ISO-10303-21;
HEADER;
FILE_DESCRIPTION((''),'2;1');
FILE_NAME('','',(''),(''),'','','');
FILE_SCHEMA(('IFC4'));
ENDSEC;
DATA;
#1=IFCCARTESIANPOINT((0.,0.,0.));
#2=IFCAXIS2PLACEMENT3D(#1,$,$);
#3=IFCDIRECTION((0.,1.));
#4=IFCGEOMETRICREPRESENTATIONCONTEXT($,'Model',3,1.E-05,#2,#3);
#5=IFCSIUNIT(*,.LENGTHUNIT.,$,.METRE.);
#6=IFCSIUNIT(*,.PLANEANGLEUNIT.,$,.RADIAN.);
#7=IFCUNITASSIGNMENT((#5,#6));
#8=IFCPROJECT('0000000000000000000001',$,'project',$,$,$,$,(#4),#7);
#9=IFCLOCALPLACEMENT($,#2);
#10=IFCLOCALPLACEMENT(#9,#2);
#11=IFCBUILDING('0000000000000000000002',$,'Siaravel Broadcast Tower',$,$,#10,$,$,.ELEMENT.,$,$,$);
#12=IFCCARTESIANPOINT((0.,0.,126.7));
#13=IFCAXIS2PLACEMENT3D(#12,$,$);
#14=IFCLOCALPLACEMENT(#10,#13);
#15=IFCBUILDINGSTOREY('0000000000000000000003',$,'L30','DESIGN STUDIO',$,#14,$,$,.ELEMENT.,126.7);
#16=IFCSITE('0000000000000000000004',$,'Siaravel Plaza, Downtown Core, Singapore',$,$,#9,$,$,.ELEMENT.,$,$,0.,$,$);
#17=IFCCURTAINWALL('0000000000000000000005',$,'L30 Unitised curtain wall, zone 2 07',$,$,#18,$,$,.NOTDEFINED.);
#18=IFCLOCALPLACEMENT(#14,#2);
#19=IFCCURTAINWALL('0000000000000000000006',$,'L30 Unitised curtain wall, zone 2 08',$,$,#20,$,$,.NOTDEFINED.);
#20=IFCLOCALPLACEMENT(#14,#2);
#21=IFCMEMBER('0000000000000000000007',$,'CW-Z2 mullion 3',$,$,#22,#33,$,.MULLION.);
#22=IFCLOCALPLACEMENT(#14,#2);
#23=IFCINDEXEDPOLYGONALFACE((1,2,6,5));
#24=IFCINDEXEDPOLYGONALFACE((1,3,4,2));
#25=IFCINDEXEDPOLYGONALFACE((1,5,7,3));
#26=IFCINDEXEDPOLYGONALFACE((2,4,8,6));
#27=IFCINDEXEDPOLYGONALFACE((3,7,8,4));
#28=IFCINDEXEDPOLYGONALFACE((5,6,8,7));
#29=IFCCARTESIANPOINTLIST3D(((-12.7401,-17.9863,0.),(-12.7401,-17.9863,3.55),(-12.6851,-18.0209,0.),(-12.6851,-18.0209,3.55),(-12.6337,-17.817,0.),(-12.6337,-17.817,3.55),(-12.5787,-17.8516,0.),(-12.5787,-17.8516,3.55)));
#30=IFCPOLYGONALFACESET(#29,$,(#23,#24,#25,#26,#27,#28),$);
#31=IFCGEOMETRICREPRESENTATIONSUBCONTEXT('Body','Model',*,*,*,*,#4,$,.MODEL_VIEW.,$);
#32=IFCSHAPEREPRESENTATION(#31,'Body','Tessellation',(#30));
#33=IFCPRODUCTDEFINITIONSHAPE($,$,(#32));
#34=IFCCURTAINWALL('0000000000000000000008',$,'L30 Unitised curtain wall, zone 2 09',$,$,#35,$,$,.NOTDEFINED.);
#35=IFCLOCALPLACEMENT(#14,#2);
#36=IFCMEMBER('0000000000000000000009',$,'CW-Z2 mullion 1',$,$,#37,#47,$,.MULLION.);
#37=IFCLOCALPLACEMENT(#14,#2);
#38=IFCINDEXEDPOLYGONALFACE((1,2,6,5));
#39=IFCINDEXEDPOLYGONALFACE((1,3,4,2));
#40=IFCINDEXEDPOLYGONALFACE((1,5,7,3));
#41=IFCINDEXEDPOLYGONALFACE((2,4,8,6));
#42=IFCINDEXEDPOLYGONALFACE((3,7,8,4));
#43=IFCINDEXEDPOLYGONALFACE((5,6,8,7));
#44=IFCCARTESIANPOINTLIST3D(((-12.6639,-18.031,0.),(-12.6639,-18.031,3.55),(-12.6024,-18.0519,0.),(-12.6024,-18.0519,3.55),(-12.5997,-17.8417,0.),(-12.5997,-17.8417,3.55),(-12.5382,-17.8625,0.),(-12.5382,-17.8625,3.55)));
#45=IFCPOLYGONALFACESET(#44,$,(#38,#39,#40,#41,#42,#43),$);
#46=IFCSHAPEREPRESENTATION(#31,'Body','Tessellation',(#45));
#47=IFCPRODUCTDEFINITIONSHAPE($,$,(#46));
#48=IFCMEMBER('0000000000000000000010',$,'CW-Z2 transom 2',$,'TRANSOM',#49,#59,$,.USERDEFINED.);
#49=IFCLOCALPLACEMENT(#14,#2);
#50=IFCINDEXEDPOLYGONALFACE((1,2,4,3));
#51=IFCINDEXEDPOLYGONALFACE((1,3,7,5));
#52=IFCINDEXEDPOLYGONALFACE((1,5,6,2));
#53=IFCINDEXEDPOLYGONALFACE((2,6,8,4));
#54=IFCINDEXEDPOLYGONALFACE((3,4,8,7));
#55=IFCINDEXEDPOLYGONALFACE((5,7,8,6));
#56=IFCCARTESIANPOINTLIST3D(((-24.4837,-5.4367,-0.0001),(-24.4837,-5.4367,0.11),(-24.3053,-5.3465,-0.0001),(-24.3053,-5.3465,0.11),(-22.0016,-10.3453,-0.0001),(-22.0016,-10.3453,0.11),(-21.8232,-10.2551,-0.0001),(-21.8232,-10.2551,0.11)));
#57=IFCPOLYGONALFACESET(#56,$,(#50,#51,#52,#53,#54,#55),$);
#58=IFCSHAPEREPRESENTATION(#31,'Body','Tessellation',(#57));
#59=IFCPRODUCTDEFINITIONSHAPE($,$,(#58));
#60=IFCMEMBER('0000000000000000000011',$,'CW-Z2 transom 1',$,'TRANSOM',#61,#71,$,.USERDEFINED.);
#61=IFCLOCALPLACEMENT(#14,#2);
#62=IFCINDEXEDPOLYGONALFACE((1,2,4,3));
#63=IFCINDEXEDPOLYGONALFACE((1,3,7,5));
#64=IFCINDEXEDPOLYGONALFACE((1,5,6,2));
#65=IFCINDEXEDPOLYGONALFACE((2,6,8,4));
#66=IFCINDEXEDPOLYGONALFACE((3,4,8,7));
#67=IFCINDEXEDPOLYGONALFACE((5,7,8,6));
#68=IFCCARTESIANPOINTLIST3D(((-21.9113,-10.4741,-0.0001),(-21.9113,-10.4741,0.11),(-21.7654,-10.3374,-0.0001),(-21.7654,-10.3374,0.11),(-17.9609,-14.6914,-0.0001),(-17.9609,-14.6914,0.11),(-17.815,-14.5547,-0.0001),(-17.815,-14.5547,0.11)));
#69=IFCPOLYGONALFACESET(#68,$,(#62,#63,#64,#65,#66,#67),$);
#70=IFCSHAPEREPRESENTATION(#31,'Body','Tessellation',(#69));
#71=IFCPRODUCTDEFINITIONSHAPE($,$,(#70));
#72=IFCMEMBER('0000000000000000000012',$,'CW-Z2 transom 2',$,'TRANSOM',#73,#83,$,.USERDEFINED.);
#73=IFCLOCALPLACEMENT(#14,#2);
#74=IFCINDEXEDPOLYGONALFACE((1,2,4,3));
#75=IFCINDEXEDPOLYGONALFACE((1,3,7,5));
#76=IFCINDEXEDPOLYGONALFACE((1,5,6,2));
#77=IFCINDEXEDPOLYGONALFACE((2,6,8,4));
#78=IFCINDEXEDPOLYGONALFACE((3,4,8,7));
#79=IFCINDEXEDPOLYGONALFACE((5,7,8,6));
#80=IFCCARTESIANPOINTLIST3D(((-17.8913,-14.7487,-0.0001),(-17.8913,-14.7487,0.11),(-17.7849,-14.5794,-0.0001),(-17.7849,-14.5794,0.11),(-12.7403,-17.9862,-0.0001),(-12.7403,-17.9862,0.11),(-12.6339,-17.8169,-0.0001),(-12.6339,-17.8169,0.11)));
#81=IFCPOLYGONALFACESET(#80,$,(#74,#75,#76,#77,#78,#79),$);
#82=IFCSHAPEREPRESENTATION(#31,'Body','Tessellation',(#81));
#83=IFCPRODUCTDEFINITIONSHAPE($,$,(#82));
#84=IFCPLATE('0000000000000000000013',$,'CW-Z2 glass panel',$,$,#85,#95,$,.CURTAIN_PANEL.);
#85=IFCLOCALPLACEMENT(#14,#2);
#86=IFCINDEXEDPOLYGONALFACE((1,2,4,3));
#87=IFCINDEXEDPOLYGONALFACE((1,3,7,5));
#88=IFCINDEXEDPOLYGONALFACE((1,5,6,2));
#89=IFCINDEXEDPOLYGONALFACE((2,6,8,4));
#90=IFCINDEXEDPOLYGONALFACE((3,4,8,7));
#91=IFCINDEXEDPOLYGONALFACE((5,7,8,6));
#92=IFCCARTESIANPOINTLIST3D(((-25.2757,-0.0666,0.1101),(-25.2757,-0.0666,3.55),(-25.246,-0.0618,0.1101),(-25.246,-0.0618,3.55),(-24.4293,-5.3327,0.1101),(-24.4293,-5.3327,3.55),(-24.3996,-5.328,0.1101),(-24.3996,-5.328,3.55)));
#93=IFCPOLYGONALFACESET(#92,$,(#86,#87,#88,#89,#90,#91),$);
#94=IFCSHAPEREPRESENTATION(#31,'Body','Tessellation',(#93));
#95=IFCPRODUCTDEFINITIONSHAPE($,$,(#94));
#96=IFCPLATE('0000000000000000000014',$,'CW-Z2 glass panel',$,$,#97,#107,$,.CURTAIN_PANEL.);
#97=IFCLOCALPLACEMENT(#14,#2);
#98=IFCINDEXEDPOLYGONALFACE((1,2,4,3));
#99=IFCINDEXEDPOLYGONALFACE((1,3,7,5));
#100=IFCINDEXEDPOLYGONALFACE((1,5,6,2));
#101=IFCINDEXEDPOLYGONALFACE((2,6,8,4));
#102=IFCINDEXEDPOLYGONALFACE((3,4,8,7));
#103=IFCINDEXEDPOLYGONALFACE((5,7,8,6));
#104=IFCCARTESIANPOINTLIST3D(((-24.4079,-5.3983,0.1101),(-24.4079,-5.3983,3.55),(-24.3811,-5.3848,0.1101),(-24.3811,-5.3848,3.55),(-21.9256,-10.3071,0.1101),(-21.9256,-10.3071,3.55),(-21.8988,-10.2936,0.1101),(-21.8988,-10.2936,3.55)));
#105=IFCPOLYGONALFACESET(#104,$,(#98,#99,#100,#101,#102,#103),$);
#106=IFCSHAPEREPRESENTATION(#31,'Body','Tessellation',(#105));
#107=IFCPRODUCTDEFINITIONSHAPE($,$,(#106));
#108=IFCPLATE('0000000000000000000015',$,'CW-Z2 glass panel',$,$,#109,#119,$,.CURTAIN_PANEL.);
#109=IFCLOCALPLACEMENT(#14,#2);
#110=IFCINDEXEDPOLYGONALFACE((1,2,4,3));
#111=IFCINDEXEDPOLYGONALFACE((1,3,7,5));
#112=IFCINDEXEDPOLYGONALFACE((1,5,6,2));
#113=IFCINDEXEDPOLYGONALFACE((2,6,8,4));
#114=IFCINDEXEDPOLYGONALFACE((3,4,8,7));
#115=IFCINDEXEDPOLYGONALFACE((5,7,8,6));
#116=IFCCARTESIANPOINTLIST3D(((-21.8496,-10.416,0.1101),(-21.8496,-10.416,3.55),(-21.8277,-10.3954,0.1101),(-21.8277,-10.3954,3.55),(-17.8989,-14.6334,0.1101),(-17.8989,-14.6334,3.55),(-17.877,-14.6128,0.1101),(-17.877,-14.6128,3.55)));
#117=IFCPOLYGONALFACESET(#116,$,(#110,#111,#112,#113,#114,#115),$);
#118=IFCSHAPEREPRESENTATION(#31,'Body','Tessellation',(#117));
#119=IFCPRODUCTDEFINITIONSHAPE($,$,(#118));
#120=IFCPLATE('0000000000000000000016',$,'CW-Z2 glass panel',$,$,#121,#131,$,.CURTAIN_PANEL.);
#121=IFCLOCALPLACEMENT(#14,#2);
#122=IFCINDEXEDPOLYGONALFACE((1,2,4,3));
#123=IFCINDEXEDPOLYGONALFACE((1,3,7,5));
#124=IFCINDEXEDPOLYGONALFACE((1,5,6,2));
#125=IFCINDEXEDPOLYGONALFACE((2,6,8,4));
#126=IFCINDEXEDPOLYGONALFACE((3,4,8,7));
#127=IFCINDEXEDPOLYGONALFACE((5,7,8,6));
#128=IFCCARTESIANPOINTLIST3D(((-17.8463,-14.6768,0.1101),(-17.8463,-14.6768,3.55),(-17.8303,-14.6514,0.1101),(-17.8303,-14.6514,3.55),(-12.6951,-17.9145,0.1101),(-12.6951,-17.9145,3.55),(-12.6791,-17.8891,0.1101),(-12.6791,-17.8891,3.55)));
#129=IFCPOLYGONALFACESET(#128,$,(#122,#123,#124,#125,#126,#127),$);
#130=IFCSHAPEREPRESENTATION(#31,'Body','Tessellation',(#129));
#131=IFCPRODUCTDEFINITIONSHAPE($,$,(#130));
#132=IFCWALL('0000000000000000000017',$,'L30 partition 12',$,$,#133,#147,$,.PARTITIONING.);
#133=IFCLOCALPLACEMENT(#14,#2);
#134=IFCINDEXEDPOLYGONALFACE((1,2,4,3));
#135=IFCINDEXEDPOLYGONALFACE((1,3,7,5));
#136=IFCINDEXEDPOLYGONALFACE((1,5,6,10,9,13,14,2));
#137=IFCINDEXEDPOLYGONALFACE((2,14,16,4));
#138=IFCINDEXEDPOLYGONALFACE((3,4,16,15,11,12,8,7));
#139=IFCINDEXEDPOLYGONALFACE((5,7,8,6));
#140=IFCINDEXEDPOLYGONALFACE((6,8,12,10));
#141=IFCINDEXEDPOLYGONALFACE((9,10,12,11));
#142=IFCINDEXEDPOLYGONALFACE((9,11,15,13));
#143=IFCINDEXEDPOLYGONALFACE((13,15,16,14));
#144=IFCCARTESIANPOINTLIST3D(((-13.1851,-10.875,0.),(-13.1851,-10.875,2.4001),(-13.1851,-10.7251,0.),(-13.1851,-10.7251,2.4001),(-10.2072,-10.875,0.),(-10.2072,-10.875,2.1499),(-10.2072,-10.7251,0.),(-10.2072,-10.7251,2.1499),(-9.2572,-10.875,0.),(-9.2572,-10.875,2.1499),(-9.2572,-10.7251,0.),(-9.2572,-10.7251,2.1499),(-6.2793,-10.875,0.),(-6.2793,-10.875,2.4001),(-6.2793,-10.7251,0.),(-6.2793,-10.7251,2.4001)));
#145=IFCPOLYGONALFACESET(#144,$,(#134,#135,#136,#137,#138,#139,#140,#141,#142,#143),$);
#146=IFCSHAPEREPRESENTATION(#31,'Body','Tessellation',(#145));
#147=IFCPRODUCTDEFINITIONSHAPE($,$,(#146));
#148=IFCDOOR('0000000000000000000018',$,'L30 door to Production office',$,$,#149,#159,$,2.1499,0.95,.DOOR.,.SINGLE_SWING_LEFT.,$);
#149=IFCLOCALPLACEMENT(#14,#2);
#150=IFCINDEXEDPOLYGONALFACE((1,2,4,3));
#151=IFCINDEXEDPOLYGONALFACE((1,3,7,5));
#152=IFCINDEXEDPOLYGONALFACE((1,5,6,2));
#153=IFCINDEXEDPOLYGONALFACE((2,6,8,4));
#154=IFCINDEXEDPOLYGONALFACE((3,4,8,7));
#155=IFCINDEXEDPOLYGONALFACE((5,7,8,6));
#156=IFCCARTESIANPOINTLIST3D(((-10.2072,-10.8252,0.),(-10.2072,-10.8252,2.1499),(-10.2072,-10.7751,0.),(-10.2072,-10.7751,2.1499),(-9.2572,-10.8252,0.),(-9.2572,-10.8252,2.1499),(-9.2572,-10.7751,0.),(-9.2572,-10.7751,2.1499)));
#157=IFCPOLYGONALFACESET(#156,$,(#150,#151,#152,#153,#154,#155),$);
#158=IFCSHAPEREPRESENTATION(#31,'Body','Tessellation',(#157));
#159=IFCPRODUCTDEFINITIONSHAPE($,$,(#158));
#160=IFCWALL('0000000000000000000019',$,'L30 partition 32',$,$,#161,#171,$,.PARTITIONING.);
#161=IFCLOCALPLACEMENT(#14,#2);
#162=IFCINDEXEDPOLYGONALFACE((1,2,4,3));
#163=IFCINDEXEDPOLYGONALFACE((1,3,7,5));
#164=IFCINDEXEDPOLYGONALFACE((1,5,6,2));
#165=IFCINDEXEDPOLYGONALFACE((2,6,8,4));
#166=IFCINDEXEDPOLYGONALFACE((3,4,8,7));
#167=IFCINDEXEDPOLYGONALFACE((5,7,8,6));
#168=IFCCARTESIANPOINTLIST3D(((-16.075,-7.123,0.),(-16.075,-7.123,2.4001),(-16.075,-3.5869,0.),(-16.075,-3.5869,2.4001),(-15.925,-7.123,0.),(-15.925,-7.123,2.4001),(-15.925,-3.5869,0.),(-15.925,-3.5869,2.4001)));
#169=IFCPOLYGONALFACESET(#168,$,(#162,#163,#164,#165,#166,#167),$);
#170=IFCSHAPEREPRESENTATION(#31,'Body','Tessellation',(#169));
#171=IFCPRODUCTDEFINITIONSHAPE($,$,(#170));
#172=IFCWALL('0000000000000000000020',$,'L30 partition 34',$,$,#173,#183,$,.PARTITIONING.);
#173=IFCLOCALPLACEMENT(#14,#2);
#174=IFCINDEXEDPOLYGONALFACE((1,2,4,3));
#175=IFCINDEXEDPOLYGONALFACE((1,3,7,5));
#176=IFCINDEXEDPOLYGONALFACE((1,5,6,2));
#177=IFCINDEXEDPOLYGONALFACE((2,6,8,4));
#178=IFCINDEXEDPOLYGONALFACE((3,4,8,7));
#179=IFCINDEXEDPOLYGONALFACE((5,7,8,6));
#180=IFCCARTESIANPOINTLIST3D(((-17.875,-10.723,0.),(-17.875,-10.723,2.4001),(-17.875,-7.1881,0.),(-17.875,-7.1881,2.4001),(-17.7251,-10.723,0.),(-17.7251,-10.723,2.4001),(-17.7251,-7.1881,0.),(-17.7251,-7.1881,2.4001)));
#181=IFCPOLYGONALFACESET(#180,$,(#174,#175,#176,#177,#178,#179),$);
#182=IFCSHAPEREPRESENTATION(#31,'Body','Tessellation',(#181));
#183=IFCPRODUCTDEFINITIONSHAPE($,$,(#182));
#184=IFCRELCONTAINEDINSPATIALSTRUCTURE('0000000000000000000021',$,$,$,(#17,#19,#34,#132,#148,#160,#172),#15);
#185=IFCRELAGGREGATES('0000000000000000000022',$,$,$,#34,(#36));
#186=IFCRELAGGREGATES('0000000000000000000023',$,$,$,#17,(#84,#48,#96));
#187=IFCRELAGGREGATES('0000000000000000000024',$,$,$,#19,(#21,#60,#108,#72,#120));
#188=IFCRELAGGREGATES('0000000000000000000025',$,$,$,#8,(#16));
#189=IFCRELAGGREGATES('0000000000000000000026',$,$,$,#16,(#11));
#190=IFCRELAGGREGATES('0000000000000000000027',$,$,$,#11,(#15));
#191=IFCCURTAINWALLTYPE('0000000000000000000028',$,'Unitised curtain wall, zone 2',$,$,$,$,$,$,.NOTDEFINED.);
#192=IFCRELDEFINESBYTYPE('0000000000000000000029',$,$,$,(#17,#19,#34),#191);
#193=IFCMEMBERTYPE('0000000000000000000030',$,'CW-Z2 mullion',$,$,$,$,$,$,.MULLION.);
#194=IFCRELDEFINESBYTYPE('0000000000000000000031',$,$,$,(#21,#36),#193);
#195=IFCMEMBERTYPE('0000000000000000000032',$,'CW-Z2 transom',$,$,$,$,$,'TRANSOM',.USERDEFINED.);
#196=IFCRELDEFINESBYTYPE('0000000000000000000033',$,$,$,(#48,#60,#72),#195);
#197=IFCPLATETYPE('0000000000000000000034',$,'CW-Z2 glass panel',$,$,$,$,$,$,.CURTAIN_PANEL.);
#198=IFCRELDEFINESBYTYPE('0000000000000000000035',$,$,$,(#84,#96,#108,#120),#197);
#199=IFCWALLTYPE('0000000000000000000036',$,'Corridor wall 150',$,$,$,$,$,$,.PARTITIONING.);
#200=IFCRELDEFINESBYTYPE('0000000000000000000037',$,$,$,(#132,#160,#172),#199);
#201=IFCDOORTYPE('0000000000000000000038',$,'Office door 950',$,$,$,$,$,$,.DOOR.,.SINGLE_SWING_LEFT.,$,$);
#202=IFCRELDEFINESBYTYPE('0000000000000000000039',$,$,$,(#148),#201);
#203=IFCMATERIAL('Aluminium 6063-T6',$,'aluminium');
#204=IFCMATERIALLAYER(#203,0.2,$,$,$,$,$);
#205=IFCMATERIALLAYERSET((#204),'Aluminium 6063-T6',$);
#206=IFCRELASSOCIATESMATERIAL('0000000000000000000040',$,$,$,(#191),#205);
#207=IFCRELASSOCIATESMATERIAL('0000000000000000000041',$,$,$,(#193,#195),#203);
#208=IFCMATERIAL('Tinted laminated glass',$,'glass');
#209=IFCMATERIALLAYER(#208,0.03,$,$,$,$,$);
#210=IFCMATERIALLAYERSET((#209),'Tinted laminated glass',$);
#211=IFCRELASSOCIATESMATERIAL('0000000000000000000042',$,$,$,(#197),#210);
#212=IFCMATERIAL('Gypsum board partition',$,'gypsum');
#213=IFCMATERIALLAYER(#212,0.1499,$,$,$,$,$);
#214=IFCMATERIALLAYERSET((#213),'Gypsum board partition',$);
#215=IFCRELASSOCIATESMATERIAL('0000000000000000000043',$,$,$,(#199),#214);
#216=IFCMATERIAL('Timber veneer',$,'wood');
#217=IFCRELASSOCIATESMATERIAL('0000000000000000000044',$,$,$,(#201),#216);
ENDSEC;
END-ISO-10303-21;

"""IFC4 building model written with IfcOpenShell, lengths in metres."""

from ifc_helpers import new_model, si_unit, direction, frame, frame_2d, origin, origin_2d, place, context, subcontext, project, spatial, rectangle, extrude, material, layer, layer_set, material_profile, profile_set, type_object, element, fill, aggregate, save


model = new_model("IFC4")

# Units and contexts
model_context = context("Model", 3, precision=1e-05, world=origin(), true_north=direction((0.0, 1.0)))
body_context = subcontext(model_context, "Body", "Model", "MODEL_VIEW")
ifc_project = project(units=[si_unit("LENGTHUNIT", "METRE"), si_unit("PLANEANGLEUNIT", "RADIAN")], contexts=[model_context])

# Site, building, storey
site_placement = place(None, origin())
site = spatial("IfcSite", under=ifc_project, at=site_placement, Name="Siaravel Plaza, Downtown Core, Singapore", CompositionType="ELEMENT", RefElevation=0.0)
building_placement = place(site_placement, origin())
building = spatial("IfcBuilding", under=site, at=building_placement, Name="Siaravel Broadcast Tower", CompositionType="ELEMENT")
storey_placement = place(building_placement, frame((0.0, 0.0, 126.7)))
storey = spatial("IfcBuildingStorey", under=building, at=storey_placement, Name="L30", Description="DESIGN STUDIO", CompositionType="ELEMENT", Elevation=126.7)

# Curtain walls, member
ifc_material_1 = material(Name="Aluminium 6063-T6", Category="aluminium")
ifc_layer_1 = layer(ifc_material_1, 0.2)
ifc_layer_set_1 = layer_set([ifc_layer_1], Name="Aluminium 6063-T6")
curtain_wall_type = type_object("IfcCurtainWallType", Name="Unitised curtain wall, zone 2", PredefinedType="NOTDEFINED", material=ifc_layer_set_1)
curtain_wall_1_placement = place(storey_placement, origin())
curtain_wall_1 = element("IfcCurtainWall", 1, at=curtain_wall_1_placement, inside=storey, type_object=curtain_wall_type, Name="L30 Unitised curtain wall, zone 2 07", PredefinedType="NOTDEFINED")
ifc_material_profile_1 = material_profile(ifc_material_1, rectangle(XDim=0.2, YDim=0.0649, at=origin_2d()))
ifc_profile_set_1 = profile_set([ifc_material_profile_1], Name="Aluminium 6063-T6")
member_type_1 = type_object("IfcMemberType", Name="CW-Z2 mullion", PredefinedType="MULLION", material=ifc_profile_set_1)
curtain_wall_2_placement = place(storey_placement, origin())
curtain_wall_2 = element("IfcCurtainWall", 2, at=curtain_wall_2_placement, inside=storey, type_object=curtain_wall_type, Name="L30 Unitised curtain wall, zone 2 08", PredefinedType="NOTDEFINED")
member_1_placement = place(storey_placement, frame((-12.6594, -17.9189, 0.0), z_axis=(0.0, 0.0, 1.0), x_axis=(0.532149, 0.846651, 0.0)))
member_1 = element("IfcMember", 3, at=member_1_placement, type_object=member_type_1, Name="CW-Z2 mullion 3", PredefinedType="MULLION", context=body_context, shape_type="SweptSolid", body=[
    extrude(rectangle(XDim=0.2, YDim=0.0649, at=origin_2d()), origin(), (0.0, 0.0, 1.0), 3.55),
])

# Curtain wall, member
curtain_wall_3_placement = place(storey_placement, origin())
curtain_wall_3 = element("IfcCurtainWall", 4, at=curtain_wall_3_placement, inside=storey, type_object=curtain_wall_type, Name="L30 Unitised curtain wall, zone 2 09", PredefinedType="NOTDEFINED")
member_2_placement = place(storey_placement, frame((-12.6011, -17.9468, 0.0), z_axis=(0.0, 0.0, 1.0), x_axis=(0.321301, 0.946977, 0.0)))
member_2 = element("IfcMember", 5, at=member_2_placement, type_object=member_type_1, Name="CW-Z2 mullion 1", PredefinedType="MULLION", context=body_context, shape_type="SweptSolid", body=[
    extrude(rectangle(XDim=0.2, YDim=0.0649, at=origin_2d()), origin(), (0.0, 0.0, 1.0), 3.55),
])
aggregate(curtain_wall_3, [member_2])

# Members
ifc_material_profile_2 = material_profile(ifc_material_1, rectangle(XDim=0.2, YDim=0.1101, at=origin_2d()))
ifc_profile_set_2 = profile_set([ifc_material_profile_2], Name="Aluminium 6063-T6")
member_type_2 = type_object("IfcMemberType", Name="CW-Z2 transom", ElementType="TRANSOM", PredefinedType="USERDEFINED", material=ifc_profile_set_2)
member_3_placement = place(storey_placement, frame((-24.3945, -5.3916, 0.0549), z_axis=(0.451257, -0.892394, 0.0), x_axis=(0.892394, 0.451257, 0.0)))
member_3 = element("IfcMember", 6, at=member_3_placement, type_object=member_type_2, Name="CW-Z2 transom 2", ObjectType="TRANSOM", PredefinedType="USERDEFINED", context=body_context, shape_type="SweptSolid", body=[
    extrude(rectangle(XDim=0.2, YDim=0.1101, at=origin_2d()), origin(), (0.0, 0.0, 1.0), 5.5005),
])
member_4_placement = place(storey_placement, frame((-21.8384, -10.4058, 0.0549), z_axis=(0.68364, -0.729819, 0.0), x_axis=(0.729819, 0.68364, 0.0)))
member_4 = element("IfcMember", 7, at=member_4_placement, type_object=member_type_2, Name="CW-Z2 transom 1", ObjectType="TRANSOM", PredefinedType="USERDEFINED", context=body_context, shape_type="SweptSolid", body=[
    extrude(rectangle(XDim=0.2, YDim=0.1101, at=origin_2d()), origin(), (0.0, 0.0, 1.0), 5.7786),
])
member_5_placement = place(storey_placement, frame((-17.8381, -14.6641, 0.0549), z_axis=(0.846659, -0.532136, 0.0), x_axis=(0.532136, 0.846659, 0.0)))
member_5 = element("IfcMember", 8, at=member_5_placement, type_object=member_type_2, Name="CW-Z2 transom 2", ObjectType="TRANSOM", PredefinedType="USERDEFINED", context=body_context, shape_type="SweptSolid", body=[
    extrude(rectangle(XDim=0.2, YDim=0.1101, at=origin_2d()), origin(), (0.0, 0.0, 1.0), 6.084),
])

# Plates
ifc_material_2 = material(Name="Tinted laminated glass", Category="glass")
ifc_layer_2 = layer(ifc_material_2, 0.03)
ifc_layer_set_2 = layer_set([ifc_layer_2], Name="Tinted laminated glass")
plate_type = type_object("IfcPlateType", Name="CW-Z2 glass panel", PredefinedType="CURTAIN_PANEL", material=ifc_layer_set_2)
plate_1_placement = place(storey_placement, frame((-24.8376, -2.6973, 0.1101), z_axis=(0.0, 0.0, 1.0), x_axis=(0.158686, -0.987329, 0.0)))
plate_1 = element("IfcPlate", 9, at=plate_1_placement, type_object=plate_type, Name="CW-Z2 glass panel", PredefinedType="CURTAIN_PANEL", context=body_context, shape_type="SweptSolid", body=[
    extrude(rectangle(XDim=5.3337, YDim=0.03, at=origin_2d()), origin(), (0.0, 0.0, 1.0), 3.4399),
])
plate_2_placement = place(storey_placement, frame((-23.1533, -7.8459, 0.1101), z_axis=(0.0, 0.0, 1.0), x_axis=(0.451261, -0.892392, 0.0)))
plate_2 = element("IfcPlate", 10, at=plate_2_placement, type_object=plate_type, Name="CW-Z2 glass panel", PredefinedType="CURTAIN_PANEL", context=body_context, shape_type="SweptSolid", body=[
    extrude(rectangle(XDim=5.5007, YDim=0.03, at=origin_2d()), origin(), (0.0, 0.0, 1.0), 3.4399),
])
aggregate(curtain_wall_1, [plate_1, member_3, plate_2])
plate_3_placement = place(storey_placement, frame((-19.8633, -12.5144, 0.1101), z_axis=(0.0, 0.0, 1.0), x_axis=(0.683655, -0.729805, 0.0)))
plate_3 = element("IfcPlate", 11, at=plate_3_placement, type_object=plate_type, Name="CW-Z2 glass panel", PredefinedType="CURTAIN_PANEL", context=body_context, shape_type="SweptSolid", body=[
    extrude(rectangle(XDim=5.7788, YDim=0.03, at=origin_2d()), origin(), (0.0, 0.0, 1.0), 3.4399),
])
plate_4_placement = place(storey_placement, frame((-15.2627, -16.283, 0.1101), z_axis=(0.0, 0.0, 1.0), x_axis=(0.846651, -0.532149, 0.0)))
plate_4 = element("IfcPlate", 12, at=plate_4_placement, type_object=plate_type, Name="CW-Z2 glass panel", PredefinedType="CURTAIN_PANEL", context=body_context, shape_type="SweptSolid", body=[
    extrude(rectangle(XDim=6.0842, YDim=0.03, at=origin_2d()), origin(), (0.0, 0.0, 1.0), 3.4399),
])
aggregate(curtain_wall_2, [member_1, member_4, plate_3, member_5, plate_4])

# Wall, opening, door
ifc_material_3 = material(Name="Gypsum board partition", Category="gypsum")
ifc_layer_3 = layer(ifc_material_3, 0.1499)
ifc_layer_set_3 = layer_set([ifc_layer_3], Name="Gypsum board partition")
wall_type_1 = type_object("IfcWallType", Name="Corridor wall 150", PredefinedType="PARTITIONING", material=ifc_layer_set_3)
wall_1_placement = place(storey_placement, frame((-13.1851, -10.8, 0.0), z_axis=(0.0, 0.0, 1.0), x_axis=(1.0, 0.0, 0.0)))
wall_1 = element("IfcWall", 13, at=wall_1_placement, inside=storey, type_object=wall_type_1, Name="L30 partition 12", PredefinedType="PARTITIONING", context=body_context, shape_type="SweptSolid", body=[
    extrude(rectangle(XDim=6.9058, YDim=0.1499, at=frame_2d((3.4529, 0.0))), origin(), (0.0, 0.0, 1.0), 2.4001),
])
opening_1_placement = place(wall_1_placement, frame((2.9778, 0.0, 0.0)))
opening_1 = element("IfcOpeningElement", 14, at=opening_1_placement, cuts=wall_1, PredefinedType="OPENING", context=body_context, shape_type="SweptSolid", body=[
    extrude(rectangle(XDim=0.95, YDim=2.1499, at=frame_2d((0.4751, 1.075))), frame((0.0, 0.085, 0.0), z_axis=(0.0, -1.0, 0.0), x_axis=(1.0, 0.0, 0.0)), (0.0, 0.0, 1.0), 0.1699),
])
ifc_material_4 = material(Name="Timber veneer", Category="wood")
door_type = type_object("IfcDoorType", Name="Office door 950", OperationType="SINGLE_SWING_LEFT", PredefinedType="DOOR", material=ifc_material_4)
door_1_placement = place(opening_1_placement, origin())
door_1 = element("IfcDoor", 15, at=door_1_placement, inside=storey, type_object=door_type, Name="L30 door to Production office", OperationType="SINGLE_SWING_LEFT", OverallHeight=2.1499, OverallWidth=0.95, PredefinedType="DOOR", context=body_context, shape_type="SweptSolid", body=[
    extrude(rectangle(XDim=0.95, YDim=2.1499, at=frame_2d((0.4751, 1.075))), frame((0.0, 0.0249, 0.0), z_axis=(0.0, -1.0, 0.0), x_axis=(1.0, 0.0, 0.0)), (0.0, 0.0, 1.0), 0.05),
])
fill(opening_1, door_1)

# Walls
wall_2_placement = place(storey_placement, frame((-16.0, -7.123, 0.0), z_axis=(0.0, 0.0, 1.0), x_axis=(0.0, 1.0, 0.0)))
element("IfcWall", 16, at=wall_2_placement, inside=storey, type_object=wall_type_1, Name="L30 partition 32", PredefinedType="PARTITIONING", context=body_context, shape_type="SweptSolid", body=[
    extrude(rectangle(XDim=3.5361, YDim=0.1499, at=frame_2d((1.7681, 0.0))), origin(), (0.0, 0.0, 1.0), 2.4001),
])
wall_3_placement = place(storey_placement, frame((-17.8, -7.188, 0.0), z_axis=(0.0, 0.0, 1.0), x_axis=(0.0, -1.0, 0.0)))
element("IfcWall", 17, at=wall_3_placement, inside=storey, type_object=wall_type_1, Name="L30 partition 34", PredefinedType="PARTITIONING", context=body_context, shape_type="SweptSolid", body=[
    extrude(rectangle(XDim=3.5349, YDim=0.1499, at=frame_2d((1.7676, 0.0))), origin(), (0.0, 0.0, 1.0), 2.4001),
])

save(model, "model.ifc")
